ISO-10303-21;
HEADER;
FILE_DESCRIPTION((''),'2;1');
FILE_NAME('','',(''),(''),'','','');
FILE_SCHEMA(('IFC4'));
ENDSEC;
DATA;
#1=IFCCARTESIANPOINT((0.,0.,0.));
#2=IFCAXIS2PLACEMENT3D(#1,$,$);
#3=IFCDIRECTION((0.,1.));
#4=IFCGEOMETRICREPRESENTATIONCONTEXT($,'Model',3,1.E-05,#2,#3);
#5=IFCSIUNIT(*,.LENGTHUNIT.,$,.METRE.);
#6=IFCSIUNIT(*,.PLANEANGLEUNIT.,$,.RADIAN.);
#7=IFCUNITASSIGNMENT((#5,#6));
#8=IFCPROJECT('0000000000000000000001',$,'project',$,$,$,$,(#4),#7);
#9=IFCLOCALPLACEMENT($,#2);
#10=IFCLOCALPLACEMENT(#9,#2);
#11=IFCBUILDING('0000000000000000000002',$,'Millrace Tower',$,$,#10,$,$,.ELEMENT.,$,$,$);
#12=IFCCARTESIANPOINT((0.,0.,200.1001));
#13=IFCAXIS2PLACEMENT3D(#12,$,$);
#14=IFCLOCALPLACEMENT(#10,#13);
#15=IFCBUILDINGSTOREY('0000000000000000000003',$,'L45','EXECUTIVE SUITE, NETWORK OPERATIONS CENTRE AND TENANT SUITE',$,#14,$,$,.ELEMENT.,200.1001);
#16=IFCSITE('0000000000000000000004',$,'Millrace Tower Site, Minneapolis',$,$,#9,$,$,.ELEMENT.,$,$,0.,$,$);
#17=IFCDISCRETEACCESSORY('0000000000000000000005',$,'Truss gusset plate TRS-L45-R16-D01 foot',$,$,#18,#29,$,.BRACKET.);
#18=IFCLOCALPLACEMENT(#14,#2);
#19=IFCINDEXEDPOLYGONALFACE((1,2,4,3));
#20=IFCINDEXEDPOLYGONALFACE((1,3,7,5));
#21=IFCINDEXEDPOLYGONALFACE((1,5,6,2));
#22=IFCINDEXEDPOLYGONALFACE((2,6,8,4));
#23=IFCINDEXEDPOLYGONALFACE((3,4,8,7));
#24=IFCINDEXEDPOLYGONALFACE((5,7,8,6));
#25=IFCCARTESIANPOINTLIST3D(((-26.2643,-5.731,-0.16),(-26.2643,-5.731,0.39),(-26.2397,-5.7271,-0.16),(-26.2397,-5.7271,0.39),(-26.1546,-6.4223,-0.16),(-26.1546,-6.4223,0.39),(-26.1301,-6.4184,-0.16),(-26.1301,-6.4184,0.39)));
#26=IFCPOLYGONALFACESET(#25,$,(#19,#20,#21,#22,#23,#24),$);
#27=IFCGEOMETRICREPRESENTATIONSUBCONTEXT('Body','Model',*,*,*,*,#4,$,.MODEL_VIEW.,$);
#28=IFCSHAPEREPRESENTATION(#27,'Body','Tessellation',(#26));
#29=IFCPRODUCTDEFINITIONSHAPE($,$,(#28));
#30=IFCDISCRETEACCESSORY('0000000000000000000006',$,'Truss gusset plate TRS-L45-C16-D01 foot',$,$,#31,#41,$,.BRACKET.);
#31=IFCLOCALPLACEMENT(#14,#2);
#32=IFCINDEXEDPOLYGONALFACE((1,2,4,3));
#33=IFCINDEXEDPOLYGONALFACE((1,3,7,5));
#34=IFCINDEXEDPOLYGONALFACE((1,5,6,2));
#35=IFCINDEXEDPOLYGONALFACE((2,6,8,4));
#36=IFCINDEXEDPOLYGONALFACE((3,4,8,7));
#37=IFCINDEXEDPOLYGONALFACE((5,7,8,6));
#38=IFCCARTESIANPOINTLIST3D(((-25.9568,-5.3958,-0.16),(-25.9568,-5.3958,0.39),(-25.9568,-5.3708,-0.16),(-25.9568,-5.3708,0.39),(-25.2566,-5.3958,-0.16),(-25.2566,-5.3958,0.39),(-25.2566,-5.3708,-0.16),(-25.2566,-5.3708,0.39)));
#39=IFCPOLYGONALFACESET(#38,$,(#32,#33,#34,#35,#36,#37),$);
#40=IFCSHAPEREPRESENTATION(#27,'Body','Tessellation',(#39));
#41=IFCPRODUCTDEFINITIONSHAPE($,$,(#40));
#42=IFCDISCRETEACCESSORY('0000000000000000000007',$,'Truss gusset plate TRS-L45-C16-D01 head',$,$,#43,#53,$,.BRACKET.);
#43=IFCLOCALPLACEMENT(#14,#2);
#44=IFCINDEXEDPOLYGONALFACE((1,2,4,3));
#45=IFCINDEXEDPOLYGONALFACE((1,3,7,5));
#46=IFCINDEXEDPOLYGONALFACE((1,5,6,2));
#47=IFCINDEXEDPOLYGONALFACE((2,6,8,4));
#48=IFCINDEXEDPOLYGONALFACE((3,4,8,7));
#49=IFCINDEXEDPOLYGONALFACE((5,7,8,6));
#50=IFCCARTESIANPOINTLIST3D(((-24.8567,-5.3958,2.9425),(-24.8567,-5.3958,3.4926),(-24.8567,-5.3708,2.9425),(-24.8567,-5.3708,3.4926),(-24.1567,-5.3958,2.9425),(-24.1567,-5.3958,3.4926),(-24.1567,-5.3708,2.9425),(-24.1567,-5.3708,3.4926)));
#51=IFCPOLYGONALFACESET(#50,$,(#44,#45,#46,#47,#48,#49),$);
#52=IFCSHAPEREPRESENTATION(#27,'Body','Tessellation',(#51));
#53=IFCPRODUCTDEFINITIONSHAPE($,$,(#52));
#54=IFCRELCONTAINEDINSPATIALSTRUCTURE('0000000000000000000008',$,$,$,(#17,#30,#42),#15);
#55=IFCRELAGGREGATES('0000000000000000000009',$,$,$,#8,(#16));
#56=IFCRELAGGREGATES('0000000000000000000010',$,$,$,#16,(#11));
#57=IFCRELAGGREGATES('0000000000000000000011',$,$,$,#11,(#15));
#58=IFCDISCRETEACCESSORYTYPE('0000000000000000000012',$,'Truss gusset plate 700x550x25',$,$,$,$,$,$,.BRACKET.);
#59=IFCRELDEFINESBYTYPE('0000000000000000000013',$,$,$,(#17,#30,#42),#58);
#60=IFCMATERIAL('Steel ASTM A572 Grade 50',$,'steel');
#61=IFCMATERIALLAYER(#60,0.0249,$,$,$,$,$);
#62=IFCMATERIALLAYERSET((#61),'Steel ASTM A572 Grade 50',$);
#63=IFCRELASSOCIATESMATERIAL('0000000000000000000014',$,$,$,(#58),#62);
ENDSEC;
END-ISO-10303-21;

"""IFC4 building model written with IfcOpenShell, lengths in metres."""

from ifc_helpers import new_model, si_unit, direction, frame, origin, origin_2d, place, context, subcontext, project, spatial, rectangle, extrude, material, layer, layer_set, type_object, element, save


model = new_model("IFC4")

# Units and contexts
model_context = context("Model", 3, precision=1e-05, world=origin(), true_north=direction((0.0, 1.0)))
body_context = subcontext(model_context, "Body", "Model", "MODEL_VIEW")
ifc_project = project(units=[si_unit("LENGTHUNIT", "METRE"), si_unit("PLANEANGLEUNIT", "RADIAN")], contexts=[model_context])

# Site, building, storey
site_placement = place(None, origin())
site = spatial("IfcSite", under=ifc_project, at=site_placement, Name="Millrace Tower Site, Minneapolis", CompositionType="ELEMENT", RefElevation=0.0)
building_placement = place(site_placement, origin())
building = spatial("IfcBuilding", under=site, at=building_placement, Name="Millrace Tower", CompositionType="ELEMENT")
storey_placement = place(building_placement, frame((0.0, 0.0, 200.1001)))
storey = spatial("IfcBuildingStorey", under=building, at=storey_placement, Name="L45", Description="EXECUTIVE SUITE, NETWORK OPERATIONS CENTRE AND TENANT SUITE", CompositionType="ELEMENT", Elevation=200.1001)

# Discrete accessories
ifc_material_1 = material(Name="Steel ASTM A572 Grade 50", Category="steel")
ifc_layer_1 = layer(ifc_material_1, 0.0249)
ifc_layer_set_1 = layer_set([ifc_layer_1], Name="Steel ASTM A572 Grade 50")
discrete_accessory_type_1 = type_object("IfcDiscreteAccessoryType", Name="Truss gusset plate 700x550x25", PredefinedType="BRACKET", material=ifc_layer_set_1)
for number, where, z_axis, x_axis, name in (
    (1, (-26.252, -5.729, 0.115), (0.156589, -0.987664, 0.0), (0.987664, 0.156589, 0.0), "Truss gusset plate TRS-L45-R16-D01 foot"),
):
    element("IfcDiscreteAccessory", number, at=place(storey_placement, frame(where, z_axis=z_axis, x_axis=x_axis)), inside=storey, type_object=discrete_accessory_type_1, Name=name, PredefinedType="BRACKET", context=body_context, shape_type="SweptSolid", body=[
        extrude(rectangle(XDim=0.0249, YDim=0.55, at=origin_2d()), origin(), (0.0, 0.0, 1.0), 0.7),
    ])
discrete_accessory_1_placement = place(storey_placement, frame((-25.9568, -5.3833, 0.115), z_axis=(1.0, 0.0, 0.0), x_axis=(0.0, 1.0, 0.0)))
element("IfcDiscreteAccessory", 2, at=discrete_accessory_1_placement, inside=storey, type_object=discrete_accessory_type_1, Name="Truss gusset plate TRS-L45-C16-D01 foot", PredefinedType="BRACKET", context=body_context, shape_type="SweptSolid", body=[
    extrude(rectangle(XDim=0.0249, YDim=0.55, at=origin_2d()), origin(), (0.0, 0.0, 1.0), 0.7002),
])
discrete_accessory_2_placement = place(storey_placement, frame((-24.8567, -5.3833, 3.2175), z_axis=(1.0, 0.0, 0.0), x_axis=(0.0, 1.0, 0.0)))
element("IfcDiscreteAccessory", 3, at=discrete_accessory_2_placement, inside=storey, type_object=discrete_accessory_type_1, Name="Truss gusset plate TRS-L45-C16-D01 head", PredefinedType="BRACKET", context=body_context, shape_type="SweptSolid", body=[
    extrude(rectangle(XDim=0.0249, YDim=0.55, at=origin_2d()), origin(), (0.0, 0.0, 1.0), 0.7),
])

save(model, "model.ifc")
